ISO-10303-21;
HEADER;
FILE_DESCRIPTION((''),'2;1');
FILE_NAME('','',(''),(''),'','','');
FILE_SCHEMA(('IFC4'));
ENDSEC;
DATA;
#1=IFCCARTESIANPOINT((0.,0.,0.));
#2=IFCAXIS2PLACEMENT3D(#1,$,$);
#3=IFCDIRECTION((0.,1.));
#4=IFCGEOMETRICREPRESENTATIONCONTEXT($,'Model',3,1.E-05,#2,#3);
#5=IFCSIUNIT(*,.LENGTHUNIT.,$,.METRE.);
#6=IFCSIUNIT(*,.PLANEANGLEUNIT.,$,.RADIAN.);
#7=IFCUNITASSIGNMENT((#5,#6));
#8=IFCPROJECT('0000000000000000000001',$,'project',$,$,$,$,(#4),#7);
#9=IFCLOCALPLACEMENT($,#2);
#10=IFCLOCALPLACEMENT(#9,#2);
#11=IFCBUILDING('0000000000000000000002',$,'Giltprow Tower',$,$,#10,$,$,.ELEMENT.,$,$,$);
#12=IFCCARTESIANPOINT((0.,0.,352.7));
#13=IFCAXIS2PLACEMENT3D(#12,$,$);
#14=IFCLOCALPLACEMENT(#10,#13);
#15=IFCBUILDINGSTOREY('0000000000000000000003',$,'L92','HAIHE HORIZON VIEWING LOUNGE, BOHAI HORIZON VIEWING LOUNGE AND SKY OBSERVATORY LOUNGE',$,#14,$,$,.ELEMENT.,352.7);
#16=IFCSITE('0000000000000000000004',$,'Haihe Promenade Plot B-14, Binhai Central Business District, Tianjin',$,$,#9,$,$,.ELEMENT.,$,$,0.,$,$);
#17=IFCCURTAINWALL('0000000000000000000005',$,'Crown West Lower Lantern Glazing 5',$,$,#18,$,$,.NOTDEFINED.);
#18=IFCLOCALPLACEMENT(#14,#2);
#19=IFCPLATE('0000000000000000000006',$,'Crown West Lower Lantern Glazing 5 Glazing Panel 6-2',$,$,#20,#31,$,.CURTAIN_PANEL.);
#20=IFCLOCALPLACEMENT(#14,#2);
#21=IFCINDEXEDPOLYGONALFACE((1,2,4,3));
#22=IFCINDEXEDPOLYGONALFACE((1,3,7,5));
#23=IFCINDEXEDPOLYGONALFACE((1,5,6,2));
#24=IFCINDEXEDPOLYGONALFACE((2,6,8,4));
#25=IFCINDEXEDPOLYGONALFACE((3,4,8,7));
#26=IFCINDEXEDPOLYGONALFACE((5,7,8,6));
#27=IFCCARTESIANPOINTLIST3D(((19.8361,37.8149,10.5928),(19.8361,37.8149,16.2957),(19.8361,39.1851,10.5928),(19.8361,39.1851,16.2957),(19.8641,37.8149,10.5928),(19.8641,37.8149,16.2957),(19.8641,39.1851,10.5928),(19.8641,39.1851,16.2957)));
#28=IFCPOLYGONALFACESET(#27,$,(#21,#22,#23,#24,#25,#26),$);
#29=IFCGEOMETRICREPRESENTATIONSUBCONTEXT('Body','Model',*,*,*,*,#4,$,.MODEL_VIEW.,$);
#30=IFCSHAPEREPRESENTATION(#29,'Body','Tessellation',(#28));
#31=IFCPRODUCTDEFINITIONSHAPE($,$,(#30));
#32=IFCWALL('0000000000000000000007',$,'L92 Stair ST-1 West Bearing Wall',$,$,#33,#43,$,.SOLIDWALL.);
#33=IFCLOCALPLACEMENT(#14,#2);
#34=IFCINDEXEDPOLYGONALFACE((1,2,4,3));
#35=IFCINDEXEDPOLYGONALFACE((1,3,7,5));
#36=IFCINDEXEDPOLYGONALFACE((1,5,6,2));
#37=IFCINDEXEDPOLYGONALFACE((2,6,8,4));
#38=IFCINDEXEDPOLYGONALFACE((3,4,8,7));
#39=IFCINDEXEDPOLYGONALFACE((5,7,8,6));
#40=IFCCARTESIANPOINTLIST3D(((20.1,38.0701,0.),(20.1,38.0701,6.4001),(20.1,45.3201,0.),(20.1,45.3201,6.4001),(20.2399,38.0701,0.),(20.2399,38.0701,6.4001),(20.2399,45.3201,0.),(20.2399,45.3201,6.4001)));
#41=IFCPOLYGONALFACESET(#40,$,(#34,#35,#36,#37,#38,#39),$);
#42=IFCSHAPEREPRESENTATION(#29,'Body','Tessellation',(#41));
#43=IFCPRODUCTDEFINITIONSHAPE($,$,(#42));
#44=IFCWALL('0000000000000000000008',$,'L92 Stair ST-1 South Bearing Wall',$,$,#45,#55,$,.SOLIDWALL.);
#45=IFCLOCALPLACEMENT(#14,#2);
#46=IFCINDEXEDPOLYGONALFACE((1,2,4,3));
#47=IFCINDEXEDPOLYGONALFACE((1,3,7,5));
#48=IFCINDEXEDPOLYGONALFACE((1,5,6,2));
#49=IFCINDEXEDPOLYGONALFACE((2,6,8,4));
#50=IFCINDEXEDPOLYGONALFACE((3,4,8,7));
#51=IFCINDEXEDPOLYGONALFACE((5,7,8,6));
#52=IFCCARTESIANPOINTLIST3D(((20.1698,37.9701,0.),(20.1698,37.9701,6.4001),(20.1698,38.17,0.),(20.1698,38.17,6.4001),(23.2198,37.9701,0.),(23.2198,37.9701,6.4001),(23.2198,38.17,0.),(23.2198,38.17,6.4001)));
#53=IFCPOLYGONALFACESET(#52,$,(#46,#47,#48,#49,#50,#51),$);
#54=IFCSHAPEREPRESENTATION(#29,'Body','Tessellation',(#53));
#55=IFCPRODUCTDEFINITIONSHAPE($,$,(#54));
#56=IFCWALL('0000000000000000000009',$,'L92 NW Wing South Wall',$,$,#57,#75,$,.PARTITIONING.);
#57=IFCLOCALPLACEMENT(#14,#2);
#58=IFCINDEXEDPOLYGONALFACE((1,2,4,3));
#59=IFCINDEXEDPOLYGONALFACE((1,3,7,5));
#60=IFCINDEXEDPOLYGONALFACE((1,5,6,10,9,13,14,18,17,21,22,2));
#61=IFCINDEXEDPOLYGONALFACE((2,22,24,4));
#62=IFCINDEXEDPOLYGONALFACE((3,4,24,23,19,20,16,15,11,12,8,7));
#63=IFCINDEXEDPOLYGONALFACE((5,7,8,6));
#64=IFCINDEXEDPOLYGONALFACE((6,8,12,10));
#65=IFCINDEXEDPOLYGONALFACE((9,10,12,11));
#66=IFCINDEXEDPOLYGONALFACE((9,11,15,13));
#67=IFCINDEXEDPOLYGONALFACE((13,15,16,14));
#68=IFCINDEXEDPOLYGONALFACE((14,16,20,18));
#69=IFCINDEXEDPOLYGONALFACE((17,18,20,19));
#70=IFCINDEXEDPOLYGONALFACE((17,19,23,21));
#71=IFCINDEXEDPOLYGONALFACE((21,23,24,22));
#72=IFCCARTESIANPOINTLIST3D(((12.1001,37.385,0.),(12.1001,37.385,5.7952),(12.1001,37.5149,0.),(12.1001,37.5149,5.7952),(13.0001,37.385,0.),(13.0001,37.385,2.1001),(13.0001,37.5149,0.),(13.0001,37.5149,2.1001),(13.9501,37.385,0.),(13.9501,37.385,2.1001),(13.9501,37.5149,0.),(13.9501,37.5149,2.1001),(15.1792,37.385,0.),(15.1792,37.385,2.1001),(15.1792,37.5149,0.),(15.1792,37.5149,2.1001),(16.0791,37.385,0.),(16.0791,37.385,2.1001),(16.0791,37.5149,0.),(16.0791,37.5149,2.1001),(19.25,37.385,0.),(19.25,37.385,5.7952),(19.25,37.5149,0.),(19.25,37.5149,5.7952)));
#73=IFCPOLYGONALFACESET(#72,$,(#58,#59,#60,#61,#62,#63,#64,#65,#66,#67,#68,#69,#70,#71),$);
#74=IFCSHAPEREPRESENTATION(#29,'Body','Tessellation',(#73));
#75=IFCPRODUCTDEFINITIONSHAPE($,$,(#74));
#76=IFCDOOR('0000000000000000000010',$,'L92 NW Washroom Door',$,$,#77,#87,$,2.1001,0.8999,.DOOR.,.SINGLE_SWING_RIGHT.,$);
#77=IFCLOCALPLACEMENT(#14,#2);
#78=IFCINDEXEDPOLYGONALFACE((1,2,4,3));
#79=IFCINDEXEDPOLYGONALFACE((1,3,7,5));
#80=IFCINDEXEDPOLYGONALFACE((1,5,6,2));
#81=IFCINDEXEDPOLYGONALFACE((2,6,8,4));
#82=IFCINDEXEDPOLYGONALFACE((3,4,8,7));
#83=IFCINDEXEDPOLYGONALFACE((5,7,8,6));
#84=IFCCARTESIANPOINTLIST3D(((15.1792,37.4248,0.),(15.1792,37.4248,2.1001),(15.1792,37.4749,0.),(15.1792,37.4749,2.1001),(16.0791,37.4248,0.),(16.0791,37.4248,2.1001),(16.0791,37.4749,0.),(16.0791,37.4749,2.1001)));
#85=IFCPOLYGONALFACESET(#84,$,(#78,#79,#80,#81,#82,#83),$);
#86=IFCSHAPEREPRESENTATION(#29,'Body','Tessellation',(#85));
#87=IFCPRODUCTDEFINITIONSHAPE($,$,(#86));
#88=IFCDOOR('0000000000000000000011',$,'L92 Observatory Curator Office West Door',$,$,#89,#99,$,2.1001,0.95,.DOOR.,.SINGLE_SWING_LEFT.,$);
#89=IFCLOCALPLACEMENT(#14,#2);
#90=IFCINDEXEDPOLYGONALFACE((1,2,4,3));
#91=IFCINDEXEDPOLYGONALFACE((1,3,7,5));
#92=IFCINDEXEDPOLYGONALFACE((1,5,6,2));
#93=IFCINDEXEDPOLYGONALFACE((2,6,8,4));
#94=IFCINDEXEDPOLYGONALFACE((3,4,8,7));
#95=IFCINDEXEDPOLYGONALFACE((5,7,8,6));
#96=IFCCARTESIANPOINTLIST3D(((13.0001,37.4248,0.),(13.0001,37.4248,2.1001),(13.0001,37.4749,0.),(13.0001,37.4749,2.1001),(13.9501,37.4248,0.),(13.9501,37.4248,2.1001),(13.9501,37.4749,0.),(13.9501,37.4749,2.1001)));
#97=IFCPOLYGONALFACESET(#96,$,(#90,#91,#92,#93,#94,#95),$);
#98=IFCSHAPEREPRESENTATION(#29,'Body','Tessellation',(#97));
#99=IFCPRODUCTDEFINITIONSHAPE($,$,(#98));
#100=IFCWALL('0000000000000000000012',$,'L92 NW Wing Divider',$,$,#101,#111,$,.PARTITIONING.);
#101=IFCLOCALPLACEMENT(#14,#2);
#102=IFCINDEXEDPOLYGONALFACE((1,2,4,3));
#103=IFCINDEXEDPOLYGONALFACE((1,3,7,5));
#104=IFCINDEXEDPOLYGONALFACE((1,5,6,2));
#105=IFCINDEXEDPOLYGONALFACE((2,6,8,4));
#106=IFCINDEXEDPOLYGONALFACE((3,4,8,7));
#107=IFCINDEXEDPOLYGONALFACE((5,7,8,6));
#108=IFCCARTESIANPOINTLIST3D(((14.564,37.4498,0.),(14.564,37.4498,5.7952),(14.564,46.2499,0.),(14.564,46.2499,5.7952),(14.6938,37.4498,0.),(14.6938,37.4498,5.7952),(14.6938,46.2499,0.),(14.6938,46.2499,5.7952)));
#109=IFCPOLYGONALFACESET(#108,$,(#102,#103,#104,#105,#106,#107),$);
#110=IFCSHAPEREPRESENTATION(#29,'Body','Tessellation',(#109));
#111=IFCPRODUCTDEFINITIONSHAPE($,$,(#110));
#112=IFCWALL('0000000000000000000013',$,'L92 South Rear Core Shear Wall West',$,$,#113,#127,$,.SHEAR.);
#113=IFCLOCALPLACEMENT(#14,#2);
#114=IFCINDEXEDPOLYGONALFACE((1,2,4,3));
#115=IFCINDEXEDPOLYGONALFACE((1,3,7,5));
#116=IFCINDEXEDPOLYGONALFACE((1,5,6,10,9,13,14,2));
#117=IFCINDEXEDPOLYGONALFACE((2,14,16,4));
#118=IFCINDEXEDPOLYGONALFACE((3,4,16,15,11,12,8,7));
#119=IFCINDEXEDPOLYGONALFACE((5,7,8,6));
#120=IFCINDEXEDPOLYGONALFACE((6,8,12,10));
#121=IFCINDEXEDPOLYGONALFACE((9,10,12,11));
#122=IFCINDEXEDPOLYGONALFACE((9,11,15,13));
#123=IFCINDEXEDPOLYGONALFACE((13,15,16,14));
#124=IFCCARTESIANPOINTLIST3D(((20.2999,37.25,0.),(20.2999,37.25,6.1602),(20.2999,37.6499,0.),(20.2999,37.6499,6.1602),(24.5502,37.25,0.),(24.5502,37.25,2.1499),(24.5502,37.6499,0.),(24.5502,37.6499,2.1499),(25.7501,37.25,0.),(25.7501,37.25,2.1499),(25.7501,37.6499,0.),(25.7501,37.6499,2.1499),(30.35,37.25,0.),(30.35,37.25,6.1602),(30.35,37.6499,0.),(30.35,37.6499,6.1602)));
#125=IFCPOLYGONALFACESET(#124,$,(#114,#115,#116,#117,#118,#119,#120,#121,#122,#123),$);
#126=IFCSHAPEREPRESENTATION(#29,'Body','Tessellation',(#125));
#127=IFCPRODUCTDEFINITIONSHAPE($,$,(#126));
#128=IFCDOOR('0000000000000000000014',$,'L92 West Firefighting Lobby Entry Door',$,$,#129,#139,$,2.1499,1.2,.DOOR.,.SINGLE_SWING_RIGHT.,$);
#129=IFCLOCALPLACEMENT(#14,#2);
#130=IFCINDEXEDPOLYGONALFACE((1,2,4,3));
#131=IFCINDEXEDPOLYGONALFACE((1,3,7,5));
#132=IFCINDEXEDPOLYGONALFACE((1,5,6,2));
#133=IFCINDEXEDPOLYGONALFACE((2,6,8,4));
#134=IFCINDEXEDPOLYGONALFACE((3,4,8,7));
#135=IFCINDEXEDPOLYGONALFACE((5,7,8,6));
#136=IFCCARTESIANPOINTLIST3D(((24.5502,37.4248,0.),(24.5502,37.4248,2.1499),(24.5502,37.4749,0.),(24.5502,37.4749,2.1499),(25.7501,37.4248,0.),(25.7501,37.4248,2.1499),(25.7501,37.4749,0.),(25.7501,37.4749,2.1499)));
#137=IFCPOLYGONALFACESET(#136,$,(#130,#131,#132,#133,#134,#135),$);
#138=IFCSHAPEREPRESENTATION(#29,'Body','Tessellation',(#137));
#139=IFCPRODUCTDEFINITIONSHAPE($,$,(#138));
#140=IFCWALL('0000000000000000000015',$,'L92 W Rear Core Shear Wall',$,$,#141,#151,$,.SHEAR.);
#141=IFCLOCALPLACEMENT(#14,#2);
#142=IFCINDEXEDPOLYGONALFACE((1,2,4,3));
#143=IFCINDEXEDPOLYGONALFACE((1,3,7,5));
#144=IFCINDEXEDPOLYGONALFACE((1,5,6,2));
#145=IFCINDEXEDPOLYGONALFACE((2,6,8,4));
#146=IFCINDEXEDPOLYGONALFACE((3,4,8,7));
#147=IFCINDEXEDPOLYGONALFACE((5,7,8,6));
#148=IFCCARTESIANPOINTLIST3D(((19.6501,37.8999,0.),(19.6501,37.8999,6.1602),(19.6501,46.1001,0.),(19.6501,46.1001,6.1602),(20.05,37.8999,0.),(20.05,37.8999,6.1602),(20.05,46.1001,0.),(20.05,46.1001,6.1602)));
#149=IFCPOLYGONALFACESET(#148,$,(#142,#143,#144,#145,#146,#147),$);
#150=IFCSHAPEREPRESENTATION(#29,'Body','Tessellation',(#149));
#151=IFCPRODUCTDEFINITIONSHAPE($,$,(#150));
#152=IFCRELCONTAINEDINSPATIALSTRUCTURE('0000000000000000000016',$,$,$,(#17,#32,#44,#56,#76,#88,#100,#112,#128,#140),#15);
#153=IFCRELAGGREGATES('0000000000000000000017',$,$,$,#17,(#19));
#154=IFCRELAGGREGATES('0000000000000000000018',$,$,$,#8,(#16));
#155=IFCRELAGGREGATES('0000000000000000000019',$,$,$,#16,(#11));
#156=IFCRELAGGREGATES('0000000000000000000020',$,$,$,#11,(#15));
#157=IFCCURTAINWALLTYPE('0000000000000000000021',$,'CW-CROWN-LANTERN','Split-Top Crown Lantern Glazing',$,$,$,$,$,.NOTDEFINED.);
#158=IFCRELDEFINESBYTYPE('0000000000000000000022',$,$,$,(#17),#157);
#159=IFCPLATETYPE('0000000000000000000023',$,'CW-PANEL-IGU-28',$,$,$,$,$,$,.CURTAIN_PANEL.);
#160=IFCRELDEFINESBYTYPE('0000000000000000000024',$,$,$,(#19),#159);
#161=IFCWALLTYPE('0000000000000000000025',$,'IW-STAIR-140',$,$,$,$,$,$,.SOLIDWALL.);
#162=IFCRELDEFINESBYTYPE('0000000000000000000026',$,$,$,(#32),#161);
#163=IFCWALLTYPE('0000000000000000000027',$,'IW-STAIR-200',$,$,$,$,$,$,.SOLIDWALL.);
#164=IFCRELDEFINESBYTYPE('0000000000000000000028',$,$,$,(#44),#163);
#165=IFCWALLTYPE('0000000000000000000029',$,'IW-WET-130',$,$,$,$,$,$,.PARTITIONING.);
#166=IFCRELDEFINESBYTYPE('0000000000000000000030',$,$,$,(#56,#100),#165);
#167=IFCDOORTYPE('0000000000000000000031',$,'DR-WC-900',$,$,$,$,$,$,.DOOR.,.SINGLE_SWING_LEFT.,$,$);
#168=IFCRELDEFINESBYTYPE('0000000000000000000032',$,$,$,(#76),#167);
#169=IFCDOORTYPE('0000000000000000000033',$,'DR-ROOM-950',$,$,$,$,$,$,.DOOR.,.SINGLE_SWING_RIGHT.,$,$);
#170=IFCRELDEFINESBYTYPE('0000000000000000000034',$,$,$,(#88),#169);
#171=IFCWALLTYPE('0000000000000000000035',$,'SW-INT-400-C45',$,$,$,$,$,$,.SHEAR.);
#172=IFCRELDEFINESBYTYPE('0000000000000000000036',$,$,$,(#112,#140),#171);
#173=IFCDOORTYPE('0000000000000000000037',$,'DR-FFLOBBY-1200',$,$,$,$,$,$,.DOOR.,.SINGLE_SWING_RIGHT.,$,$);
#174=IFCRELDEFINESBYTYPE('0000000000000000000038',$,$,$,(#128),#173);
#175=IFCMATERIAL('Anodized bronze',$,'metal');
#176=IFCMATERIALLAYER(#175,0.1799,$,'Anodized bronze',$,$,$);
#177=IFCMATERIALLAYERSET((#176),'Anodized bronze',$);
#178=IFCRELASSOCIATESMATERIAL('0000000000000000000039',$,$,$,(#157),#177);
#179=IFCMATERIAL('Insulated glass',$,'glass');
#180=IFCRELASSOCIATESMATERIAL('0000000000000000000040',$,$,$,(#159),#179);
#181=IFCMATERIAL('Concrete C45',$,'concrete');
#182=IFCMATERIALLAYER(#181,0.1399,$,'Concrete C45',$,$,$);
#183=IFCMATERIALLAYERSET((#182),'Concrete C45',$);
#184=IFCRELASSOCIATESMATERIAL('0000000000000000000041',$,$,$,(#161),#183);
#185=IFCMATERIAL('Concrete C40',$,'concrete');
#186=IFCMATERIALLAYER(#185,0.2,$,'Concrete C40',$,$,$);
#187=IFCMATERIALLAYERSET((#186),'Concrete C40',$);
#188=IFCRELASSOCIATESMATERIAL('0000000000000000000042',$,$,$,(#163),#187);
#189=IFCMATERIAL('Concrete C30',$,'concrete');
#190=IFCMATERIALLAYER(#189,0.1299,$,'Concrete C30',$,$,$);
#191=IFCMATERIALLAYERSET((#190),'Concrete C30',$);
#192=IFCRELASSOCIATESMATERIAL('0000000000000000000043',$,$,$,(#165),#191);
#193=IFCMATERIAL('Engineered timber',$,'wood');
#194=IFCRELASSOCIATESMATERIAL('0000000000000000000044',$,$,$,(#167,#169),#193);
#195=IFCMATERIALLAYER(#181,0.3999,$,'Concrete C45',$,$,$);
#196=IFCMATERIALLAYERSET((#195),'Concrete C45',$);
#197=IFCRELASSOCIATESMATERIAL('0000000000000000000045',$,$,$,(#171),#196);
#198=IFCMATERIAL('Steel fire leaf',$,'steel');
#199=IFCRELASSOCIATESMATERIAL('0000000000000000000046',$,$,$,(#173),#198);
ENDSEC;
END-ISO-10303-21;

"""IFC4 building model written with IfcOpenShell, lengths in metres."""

from ifc_helpers import new_model, si_unit, direction, frame, frame_2d, origin, origin_2d, place, context, subcontext, project, spatial, rectangle, extrude, source, transform, mapped, material, layer, layer_set, type_object, element, fill, aggregate, save


model = new_model("IFC4")

# Units and contexts
model_context = context("Model", 3, precision=1e-05, world=origin(), true_north=direction((0.0, 1.0)))
body_context = subcontext(model_context, "Body", "Model", "MODEL_VIEW")
ifc_project = project(units=[si_unit("LENGTHUNIT", "METRE"), si_unit("PLANEANGLEUNIT", "RADIAN")], contexts=[model_context])

# Site, building, storey
site_placement = place(None, origin())
site = spatial("IfcSite", under=ifc_project, at=site_placement, Name="Haihe Promenade Plot B-14, Binhai Central Business District, Tianjin", CompositionType="ELEMENT", RefElevation=0.0)
building_placement = place(site_placement, origin())
building = spatial("IfcBuilding", under=site, at=building_placement, Name="Giltprow Tower", CompositionType="ELEMENT")
storey_placement = place(building_placement, frame((0.0, 0.0, 352.7)))
storey = spatial("IfcBuildingStorey", under=building, at=storey_placement, Name="L92", Description="HAIHE HORIZON VIEWING LOUNGE, BOHAI HORIZON VIEWING LOUNGE AND SKY OBSERVATORY LOUNGE", CompositionType="ELEMENT", Elevation=352.7)

# Shared definitions
ifc_material_1 = material(Name="Concrete C45", Category="concrete")

# Curtain wall
ifc_material_2 = material(Name="Anodized bronze", Category="metal")
ifc_layer_1 = layer(ifc_material_2, 0.1799, Name="Anodized bronze")
ifc_layer_set_1 = layer_set([ifc_layer_1], Name="Anodized bronze")
curtain_wall_type = type_object("IfcCurtainWallType", Name="CW-CROWN-LANTERN", Description="Split-Top Crown Lantern Glazing", PredefinedType="NOTDEFINED", material=ifc_layer_set_1)
curtain_wall_1_placement = place(storey_placement, origin())
curtain_wall_1 = element("IfcCurtainWall", 1, at=curtain_wall_1_placement, inside=storey, type_object=curtain_wall_type, Name="Crown West Lower Lantern Glazing 5", PredefinedType="NOTDEFINED")

# Plate
ifc_material_3 = material(Name="Insulated glass", Category="glass")
plate_type_1 = type_object("IfcPlateType", Name="CW-PANEL-IGU-28", PredefinedType="CURTAIN_PANEL", material=ifc_material_3)
shared_shape_1 = source(origin(), body_context, "Body", "SweptSolid", [
    extrude(rectangle(XDim=1.3701, YDim=0.0281, at=origin_2d()), origin(), (0.0, 0.0, 1.0), 5.7029),
])
plate_1_placement = place(storey_placement, frame((19.8501, 38.5, 10.5928), z_axis=(0.0, 0.0, 1.0), x_axis=(0.0, -1.0, 0.0)))
plate_1 = element("IfcPlate", 2, at=plate_1_placement, type_object=plate_type_1, Name="Crown West Lower Lantern Glazing 5 Glazing Panel 6-2", PredefinedType="CURTAIN_PANEL", context=body_context, shape_type="MappedRepresentation", body=[
    mapped(shared_shape_1, transform((0.0, 0.0, 0.0), x_axis=(1.0, 0.0, 0.0), y_axis=(0.0, 1.0, 0.0), z_axis=(0.0, 0.0, 1.0), scale=1.0)),
])
aggregate(curtain_wall_1, [plate_1])

# Walls
ifc_layer_2 = layer(ifc_material_1, 0.1399, Name="Concrete C45")
ifc_layer_set_2 = layer_set([ifc_layer_2], Name="Concrete C45")
wall_type_1 = type_object("IfcWallType", Name="IW-STAIR-140", PredefinedType="SOLIDWALL", material=ifc_layer_set_2)
wall_1_placement = place(storey_placement, frame((20.1699, 38.0701, 0.0), z_axis=(0.0, 0.0, 1.0), x_axis=(0.0, 1.0, 0.0)))
element("IfcWall", 3, at=wall_1_placement, inside=storey, type_object=wall_type_1, Name="L92 Stair ST-1 West Bearing Wall", PredefinedType="SOLIDWALL", context=body_context, shape_type="SweptSolid", body=[
    extrude(rectangle(XDim=7.25, YDim=0.1399, at=frame_2d((3.625, 0.0))), origin(), (0.0, 0.0, 1.0), 6.4001),
])
ifc_material_4 = material(Name="Concrete C40", Category="concrete")
ifc_layer_3 = layer(ifc_material_4, 0.2, Name="Concrete C40")
ifc_layer_set_3 = layer_set([ifc_layer_3], Name="Concrete C40")
wall_type_2 = type_object("IfcWallType", Name="IW-STAIR-200", PredefinedType="SOLIDWALL", material=ifc_layer_set_3)
wall_2_placement = place(storey_placement, frame((20.1699, 38.0701, 0.0), z_axis=(0.0, 0.0, 1.0), x_axis=(1.0, 0.0, 0.0)))
element("IfcWall", 4, at=wall_2_placement, inside=storey, type_object=wall_type_2, Name="L92 Stair ST-1 South Bearing Wall", PredefinedType="SOLIDWALL", context=body_context, shape_type="SweptSolid", body=[
    extrude(rectangle(XDim=3.05, YDim=0.2, at=frame_2d((1.5249, 0.0))), origin(), (0.0, 0.0, 1.0), 6.4001),
])

# Wall, openings, doors
ifc_material_5 = material(Name="Concrete C30", Category="concrete")
ifc_layer_4 = layer(ifc_material_5, 0.1299, Name="Concrete C30")
ifc_layer_set_4 = layer_set([ifc_layer_4], Name="Concrete C30")
wall_type_3 = type_object("IfcWallType", Name="IW-WET-130", PredefinedType="PARTITIONING", material=ifc_layer_set_4)
wall_3_placement = place(storey_placement, frame((12.1001, 37.45, 0.0), z_axis=(0.0, 0.0, 1.0), x_axis=(1.0, 0.0, 0.0)))
wall_3 = element("IfcWall", 5, at=wall_3_placement, inside=storey, type_object=wall_type_3, Name="L92 NW Wing South Wall", PredefinedType="PARTITIONING", context=body_context, shape_type="SweptSolid", body=[
    extrude(rectangle(XDim=7.1499, YDim=0.1299, at=frame_2d((3.575, 0.0))), origin(), (0.0, 0.0, 1.0), 5.7952),
])
opening_1_placement = place(wall_3_placement, frame((0.8999, 0.0, 0.0)))
opening_1 = element("IfcOpeningElement", 6, at=opening_1_placement, cuts=wall_3, PredefinedType="OPENING", context=body_context, shape_type="SweptSolid", body=[
    extrude(rectangle(XDim=0.95, YDim=2.1001, at=frame_2d((0.4751, 1.05))), frame((0.0, 0.075, 0.0), z_axis=(0.0, -1.0, 0.0), x_axis=(1.0, 0.0, 0.0)), (0.0, 0.0, 1.0), 0.1499),
])
opening_2_placement = place(wall_3_placement, frame((3.0791, 0.0, 0.0)))
opening_2 = element("IfcOpeningElement", 7, at=opening_2_placement, cuts=wall_3, PredefinedType="OPENING", context=body_context, shape_type="SweptSolid", body=[
    extrude(rectangle(XDim=0.8999, YDim=2.1001, at=frame_2d((0.45, 1.05))), frame((0.0, 0.075, 0.0), z_axis=(0.0, -1.0, 0.0), x_axis=(1.0, 0.0, 0.0)), (0.0, 0.0, 1.0), 0.1499),
])
ifc_material_6 = material(Name="Engineered timber", Category="wood")
door_type_1 = type_object("IfcDoorType", Name="DR-WC-900", OperationType="SINGLE_SWING_LEFT", PredefinedType="DOOR", material=ifc_material_6)
shared_shape_2 = source(origin(), body_context, "Body", "SweptSolid", [
    extrude(rectangle(XDim=0.8999, YDim=2.1001, at=frame_2d((0.45, 1.05))), frame((0.0, 0.0249, 0.0), z_axis=(0.0, -1.0, 0.0), x_axis=(1.0, 0.0, 0.0)), (0.0, 0.0, 1.0), 0.05),
])
door_1_placement = place(opening_2_placement, origin())
door_1 = element("IfcDoor", 8, at=door_1_placement, inside=storey, type_object=door_type_1, Name="L92 NW Washroom Door", OperationType="SINGLE_SWING_RIGHT", OverallHeight=2.1001, OverallWidth=0.8999, PredefinedType="DOOR", context=body_context, shape_type="MappedRepresentation", body=[
    mapped(shared_shape_2, transform((0.0, 0.0, 0.0), x_axis=(1.0, 0.0, 0.0), y_axis=(0.0, 1.0, 0.0), z_axis=(0.0, 0.0, 1.0), scale=1.0)),
])
fill(opening_2, door_1)
door_type_2 = type_object("IfcDoorType", Name="DR-ROOM-950", OperationType="SINGLE_SWING_RIGHT", PredefinedType="DOOR", material=ifc_material_6)
shared_shape_3 = source(origin(), body_context, "Body", "SweptSolid", [
    extrude(rectangle(XDim=0.95, YDim=2.1001, at=frame_2d((0.4751, 1.05))), frame((0.0, 0.0249, 0.0), z_axis=(0.0, -1.0, 0.0), x_axis=(1.0, 0.0, 0.0)), (0.0, 0.0, 1.0), 0.05),
])
door_2_placement = place(opening_1_placement, origin())
door_2 = element("IfcDoor", 9, at=door_2_placement, inside=storey, type_object=door_type_2, Name="L92 Observatory Curator Office West Door", OperationType="SINGLE_SWING_LEFT", OverallHeight=2.1001, OverallWidth=0.95, PredefinedType="DOOR", context=body_context, shape_type="MappedRepresentation", body=[
    mapped(shared_shape_3, transform((0.0, 0.0, 0.0), x_axis=(1.0, 0.0, 0.0), y_axis=(0.0, 1.0, 0.0), z_axis=(0.0, 0.0, 1.0), scale=1.0)),
])
fill(opening_1, door_2)

# Wall
wall_4_placement = place(storey_placement, frame((14.6289, 37.45, 0.0), z_axis=(0.0, 0.0, 1.0), x_axis=(0.0, 1.0, 0.0)))
element("IfcWall", 10, at=wall_4_placement, inside=storey, type_object=wall_type_3, Name="L92 NW Wing Divider", PredefinedType="PARTITIONING", context=body_context, shape_type="SweptSolid", body=[
    extrude(rectangle(XDim=8.8, YDim=0.1299, at=frame_2d((4.3999, 0.0))), origin(), (0.0, 0.0, 1.0), 5.7952),
])

# Wall, opening, door
ifc_layer_5 = layer(ifc_material_1, 0.3999, Name="Concrete C45")
ifc_layer_set_5 = layer_set([ifc_layer_5], Name="Concrete C45")
wall_type_4 = type_object("IfcWallType", Name="SW-INT-400-C45", PredefinedType="SHEAR", material=ifc_layer_set_5)
wall_5_placement = place(storey_placement, frame((20.3, 37.45, 0.0), z_axis=(0.0, 0.0, 1.0), x_axis=(1.0, 0.0, 0.0)))
wall_5 = element("IfcWall", 11, at=wall_5_placement, inside=storey, type_object=wall_type_4, Name="L92 South Rear Core Shear Wall West", PredefinedType="SHEAR", context=body_context, shape_type="SweptSolid", body=[
    extrude(rectangle(XDim=10.05, YDim=0.3999, at=frame_2d((5.0249, 0.0))), origin(), (0.0, 0.0, 1.0), 6.1602),
])
opening_3_placement = place(wall_5_placement, frame((4.25, 0.0, 0.0)))
opening_3 = element("IfcOpeningElement", 12, at=opening_3_placement, cuts=wall_5, PredefinedType="OPENING", context=body_context, shape_type="SweptSolid", body=[
    extrude(rectangle(XDim=1.2, YDim=2.1499, at=frame_2d((0.6001, 1.075))), frame((0.0, 0.21, 0.0), z_axis=(0.0, -1.0, 0.0), x_axis=(1.0, 0.0, 0.0)), (0.0, 0.0, 1.0), 0.4199),
])
ifc_material_7 = material(Name="Steel fire leaf", Category="steel")
door_type_3 = type_object("IfcDoorType", Name="DR-FFLOBBY-1200", OperationType="SINGLE_SWING_RIGHT", PredefinedType="DOOR", material=ifc_material_7)
shared_shape_4 = source(origin(), body_context, "Body", "SweptSolid", [
    extrude(rectangle(XDim=1.2, YDim=2.1499, at=frame_2d((0.6001, 1.075))), frame((0.0, 0.0249, 0.0), z_axis=(0.0, -1.0, 0.0), x_axis=(1.0, 0.0, 0.0)), (0.0, 0.0, 1.0), 0.05),
])
door_3_placement = place(opening_3_placement, origin())
door_3 = element("IfcDoor", 13, at=door_3_placement, inside=storey, type_object=door_type_3, Name="L92 West Firefighting Lobby Entry Door", OperationType="SINGLE_SWING_RIGHT", OverallHeight=2.1499, OverallWidth=1.2, PredefinedType="DOOR", context=body_context, shape_type="MappedRepresentation", body=[
    mapped(shared_shape_4, transform((0.0, 0.0, 0.0), x_axis=(1.0, 0.0, 0.0), y_axis=(0.0, 1.0, 0.0), z_axis=(0.0, 0.0, 1.0), scale=1.0)),
])
fill(opening_3, door_3)

# Wall
wall_6_placement = place(storey_placement, frame((19.8501, 37.8999, 0.0), z_axis=(0.0, 0.0, 1.0), x_axis=(0.0, 1.0, 0.0)))
element("IfcWall", 14, at=wall_6_placement, inside=storey, type_object=wall_type_4, Name="L92 W Rear Core Shear Wall", PredefinedType="SHEAR", context=body_context, shape_type="SweptSolid", body=[
    extrude(rectangle(XDim=8.2002, YDim=0.3999, at=frame_2d((4.1001, 0.0))), origin(), (0.0, 0.0, 1.0), 6.1602),
])

save(model, "model.ifc")
